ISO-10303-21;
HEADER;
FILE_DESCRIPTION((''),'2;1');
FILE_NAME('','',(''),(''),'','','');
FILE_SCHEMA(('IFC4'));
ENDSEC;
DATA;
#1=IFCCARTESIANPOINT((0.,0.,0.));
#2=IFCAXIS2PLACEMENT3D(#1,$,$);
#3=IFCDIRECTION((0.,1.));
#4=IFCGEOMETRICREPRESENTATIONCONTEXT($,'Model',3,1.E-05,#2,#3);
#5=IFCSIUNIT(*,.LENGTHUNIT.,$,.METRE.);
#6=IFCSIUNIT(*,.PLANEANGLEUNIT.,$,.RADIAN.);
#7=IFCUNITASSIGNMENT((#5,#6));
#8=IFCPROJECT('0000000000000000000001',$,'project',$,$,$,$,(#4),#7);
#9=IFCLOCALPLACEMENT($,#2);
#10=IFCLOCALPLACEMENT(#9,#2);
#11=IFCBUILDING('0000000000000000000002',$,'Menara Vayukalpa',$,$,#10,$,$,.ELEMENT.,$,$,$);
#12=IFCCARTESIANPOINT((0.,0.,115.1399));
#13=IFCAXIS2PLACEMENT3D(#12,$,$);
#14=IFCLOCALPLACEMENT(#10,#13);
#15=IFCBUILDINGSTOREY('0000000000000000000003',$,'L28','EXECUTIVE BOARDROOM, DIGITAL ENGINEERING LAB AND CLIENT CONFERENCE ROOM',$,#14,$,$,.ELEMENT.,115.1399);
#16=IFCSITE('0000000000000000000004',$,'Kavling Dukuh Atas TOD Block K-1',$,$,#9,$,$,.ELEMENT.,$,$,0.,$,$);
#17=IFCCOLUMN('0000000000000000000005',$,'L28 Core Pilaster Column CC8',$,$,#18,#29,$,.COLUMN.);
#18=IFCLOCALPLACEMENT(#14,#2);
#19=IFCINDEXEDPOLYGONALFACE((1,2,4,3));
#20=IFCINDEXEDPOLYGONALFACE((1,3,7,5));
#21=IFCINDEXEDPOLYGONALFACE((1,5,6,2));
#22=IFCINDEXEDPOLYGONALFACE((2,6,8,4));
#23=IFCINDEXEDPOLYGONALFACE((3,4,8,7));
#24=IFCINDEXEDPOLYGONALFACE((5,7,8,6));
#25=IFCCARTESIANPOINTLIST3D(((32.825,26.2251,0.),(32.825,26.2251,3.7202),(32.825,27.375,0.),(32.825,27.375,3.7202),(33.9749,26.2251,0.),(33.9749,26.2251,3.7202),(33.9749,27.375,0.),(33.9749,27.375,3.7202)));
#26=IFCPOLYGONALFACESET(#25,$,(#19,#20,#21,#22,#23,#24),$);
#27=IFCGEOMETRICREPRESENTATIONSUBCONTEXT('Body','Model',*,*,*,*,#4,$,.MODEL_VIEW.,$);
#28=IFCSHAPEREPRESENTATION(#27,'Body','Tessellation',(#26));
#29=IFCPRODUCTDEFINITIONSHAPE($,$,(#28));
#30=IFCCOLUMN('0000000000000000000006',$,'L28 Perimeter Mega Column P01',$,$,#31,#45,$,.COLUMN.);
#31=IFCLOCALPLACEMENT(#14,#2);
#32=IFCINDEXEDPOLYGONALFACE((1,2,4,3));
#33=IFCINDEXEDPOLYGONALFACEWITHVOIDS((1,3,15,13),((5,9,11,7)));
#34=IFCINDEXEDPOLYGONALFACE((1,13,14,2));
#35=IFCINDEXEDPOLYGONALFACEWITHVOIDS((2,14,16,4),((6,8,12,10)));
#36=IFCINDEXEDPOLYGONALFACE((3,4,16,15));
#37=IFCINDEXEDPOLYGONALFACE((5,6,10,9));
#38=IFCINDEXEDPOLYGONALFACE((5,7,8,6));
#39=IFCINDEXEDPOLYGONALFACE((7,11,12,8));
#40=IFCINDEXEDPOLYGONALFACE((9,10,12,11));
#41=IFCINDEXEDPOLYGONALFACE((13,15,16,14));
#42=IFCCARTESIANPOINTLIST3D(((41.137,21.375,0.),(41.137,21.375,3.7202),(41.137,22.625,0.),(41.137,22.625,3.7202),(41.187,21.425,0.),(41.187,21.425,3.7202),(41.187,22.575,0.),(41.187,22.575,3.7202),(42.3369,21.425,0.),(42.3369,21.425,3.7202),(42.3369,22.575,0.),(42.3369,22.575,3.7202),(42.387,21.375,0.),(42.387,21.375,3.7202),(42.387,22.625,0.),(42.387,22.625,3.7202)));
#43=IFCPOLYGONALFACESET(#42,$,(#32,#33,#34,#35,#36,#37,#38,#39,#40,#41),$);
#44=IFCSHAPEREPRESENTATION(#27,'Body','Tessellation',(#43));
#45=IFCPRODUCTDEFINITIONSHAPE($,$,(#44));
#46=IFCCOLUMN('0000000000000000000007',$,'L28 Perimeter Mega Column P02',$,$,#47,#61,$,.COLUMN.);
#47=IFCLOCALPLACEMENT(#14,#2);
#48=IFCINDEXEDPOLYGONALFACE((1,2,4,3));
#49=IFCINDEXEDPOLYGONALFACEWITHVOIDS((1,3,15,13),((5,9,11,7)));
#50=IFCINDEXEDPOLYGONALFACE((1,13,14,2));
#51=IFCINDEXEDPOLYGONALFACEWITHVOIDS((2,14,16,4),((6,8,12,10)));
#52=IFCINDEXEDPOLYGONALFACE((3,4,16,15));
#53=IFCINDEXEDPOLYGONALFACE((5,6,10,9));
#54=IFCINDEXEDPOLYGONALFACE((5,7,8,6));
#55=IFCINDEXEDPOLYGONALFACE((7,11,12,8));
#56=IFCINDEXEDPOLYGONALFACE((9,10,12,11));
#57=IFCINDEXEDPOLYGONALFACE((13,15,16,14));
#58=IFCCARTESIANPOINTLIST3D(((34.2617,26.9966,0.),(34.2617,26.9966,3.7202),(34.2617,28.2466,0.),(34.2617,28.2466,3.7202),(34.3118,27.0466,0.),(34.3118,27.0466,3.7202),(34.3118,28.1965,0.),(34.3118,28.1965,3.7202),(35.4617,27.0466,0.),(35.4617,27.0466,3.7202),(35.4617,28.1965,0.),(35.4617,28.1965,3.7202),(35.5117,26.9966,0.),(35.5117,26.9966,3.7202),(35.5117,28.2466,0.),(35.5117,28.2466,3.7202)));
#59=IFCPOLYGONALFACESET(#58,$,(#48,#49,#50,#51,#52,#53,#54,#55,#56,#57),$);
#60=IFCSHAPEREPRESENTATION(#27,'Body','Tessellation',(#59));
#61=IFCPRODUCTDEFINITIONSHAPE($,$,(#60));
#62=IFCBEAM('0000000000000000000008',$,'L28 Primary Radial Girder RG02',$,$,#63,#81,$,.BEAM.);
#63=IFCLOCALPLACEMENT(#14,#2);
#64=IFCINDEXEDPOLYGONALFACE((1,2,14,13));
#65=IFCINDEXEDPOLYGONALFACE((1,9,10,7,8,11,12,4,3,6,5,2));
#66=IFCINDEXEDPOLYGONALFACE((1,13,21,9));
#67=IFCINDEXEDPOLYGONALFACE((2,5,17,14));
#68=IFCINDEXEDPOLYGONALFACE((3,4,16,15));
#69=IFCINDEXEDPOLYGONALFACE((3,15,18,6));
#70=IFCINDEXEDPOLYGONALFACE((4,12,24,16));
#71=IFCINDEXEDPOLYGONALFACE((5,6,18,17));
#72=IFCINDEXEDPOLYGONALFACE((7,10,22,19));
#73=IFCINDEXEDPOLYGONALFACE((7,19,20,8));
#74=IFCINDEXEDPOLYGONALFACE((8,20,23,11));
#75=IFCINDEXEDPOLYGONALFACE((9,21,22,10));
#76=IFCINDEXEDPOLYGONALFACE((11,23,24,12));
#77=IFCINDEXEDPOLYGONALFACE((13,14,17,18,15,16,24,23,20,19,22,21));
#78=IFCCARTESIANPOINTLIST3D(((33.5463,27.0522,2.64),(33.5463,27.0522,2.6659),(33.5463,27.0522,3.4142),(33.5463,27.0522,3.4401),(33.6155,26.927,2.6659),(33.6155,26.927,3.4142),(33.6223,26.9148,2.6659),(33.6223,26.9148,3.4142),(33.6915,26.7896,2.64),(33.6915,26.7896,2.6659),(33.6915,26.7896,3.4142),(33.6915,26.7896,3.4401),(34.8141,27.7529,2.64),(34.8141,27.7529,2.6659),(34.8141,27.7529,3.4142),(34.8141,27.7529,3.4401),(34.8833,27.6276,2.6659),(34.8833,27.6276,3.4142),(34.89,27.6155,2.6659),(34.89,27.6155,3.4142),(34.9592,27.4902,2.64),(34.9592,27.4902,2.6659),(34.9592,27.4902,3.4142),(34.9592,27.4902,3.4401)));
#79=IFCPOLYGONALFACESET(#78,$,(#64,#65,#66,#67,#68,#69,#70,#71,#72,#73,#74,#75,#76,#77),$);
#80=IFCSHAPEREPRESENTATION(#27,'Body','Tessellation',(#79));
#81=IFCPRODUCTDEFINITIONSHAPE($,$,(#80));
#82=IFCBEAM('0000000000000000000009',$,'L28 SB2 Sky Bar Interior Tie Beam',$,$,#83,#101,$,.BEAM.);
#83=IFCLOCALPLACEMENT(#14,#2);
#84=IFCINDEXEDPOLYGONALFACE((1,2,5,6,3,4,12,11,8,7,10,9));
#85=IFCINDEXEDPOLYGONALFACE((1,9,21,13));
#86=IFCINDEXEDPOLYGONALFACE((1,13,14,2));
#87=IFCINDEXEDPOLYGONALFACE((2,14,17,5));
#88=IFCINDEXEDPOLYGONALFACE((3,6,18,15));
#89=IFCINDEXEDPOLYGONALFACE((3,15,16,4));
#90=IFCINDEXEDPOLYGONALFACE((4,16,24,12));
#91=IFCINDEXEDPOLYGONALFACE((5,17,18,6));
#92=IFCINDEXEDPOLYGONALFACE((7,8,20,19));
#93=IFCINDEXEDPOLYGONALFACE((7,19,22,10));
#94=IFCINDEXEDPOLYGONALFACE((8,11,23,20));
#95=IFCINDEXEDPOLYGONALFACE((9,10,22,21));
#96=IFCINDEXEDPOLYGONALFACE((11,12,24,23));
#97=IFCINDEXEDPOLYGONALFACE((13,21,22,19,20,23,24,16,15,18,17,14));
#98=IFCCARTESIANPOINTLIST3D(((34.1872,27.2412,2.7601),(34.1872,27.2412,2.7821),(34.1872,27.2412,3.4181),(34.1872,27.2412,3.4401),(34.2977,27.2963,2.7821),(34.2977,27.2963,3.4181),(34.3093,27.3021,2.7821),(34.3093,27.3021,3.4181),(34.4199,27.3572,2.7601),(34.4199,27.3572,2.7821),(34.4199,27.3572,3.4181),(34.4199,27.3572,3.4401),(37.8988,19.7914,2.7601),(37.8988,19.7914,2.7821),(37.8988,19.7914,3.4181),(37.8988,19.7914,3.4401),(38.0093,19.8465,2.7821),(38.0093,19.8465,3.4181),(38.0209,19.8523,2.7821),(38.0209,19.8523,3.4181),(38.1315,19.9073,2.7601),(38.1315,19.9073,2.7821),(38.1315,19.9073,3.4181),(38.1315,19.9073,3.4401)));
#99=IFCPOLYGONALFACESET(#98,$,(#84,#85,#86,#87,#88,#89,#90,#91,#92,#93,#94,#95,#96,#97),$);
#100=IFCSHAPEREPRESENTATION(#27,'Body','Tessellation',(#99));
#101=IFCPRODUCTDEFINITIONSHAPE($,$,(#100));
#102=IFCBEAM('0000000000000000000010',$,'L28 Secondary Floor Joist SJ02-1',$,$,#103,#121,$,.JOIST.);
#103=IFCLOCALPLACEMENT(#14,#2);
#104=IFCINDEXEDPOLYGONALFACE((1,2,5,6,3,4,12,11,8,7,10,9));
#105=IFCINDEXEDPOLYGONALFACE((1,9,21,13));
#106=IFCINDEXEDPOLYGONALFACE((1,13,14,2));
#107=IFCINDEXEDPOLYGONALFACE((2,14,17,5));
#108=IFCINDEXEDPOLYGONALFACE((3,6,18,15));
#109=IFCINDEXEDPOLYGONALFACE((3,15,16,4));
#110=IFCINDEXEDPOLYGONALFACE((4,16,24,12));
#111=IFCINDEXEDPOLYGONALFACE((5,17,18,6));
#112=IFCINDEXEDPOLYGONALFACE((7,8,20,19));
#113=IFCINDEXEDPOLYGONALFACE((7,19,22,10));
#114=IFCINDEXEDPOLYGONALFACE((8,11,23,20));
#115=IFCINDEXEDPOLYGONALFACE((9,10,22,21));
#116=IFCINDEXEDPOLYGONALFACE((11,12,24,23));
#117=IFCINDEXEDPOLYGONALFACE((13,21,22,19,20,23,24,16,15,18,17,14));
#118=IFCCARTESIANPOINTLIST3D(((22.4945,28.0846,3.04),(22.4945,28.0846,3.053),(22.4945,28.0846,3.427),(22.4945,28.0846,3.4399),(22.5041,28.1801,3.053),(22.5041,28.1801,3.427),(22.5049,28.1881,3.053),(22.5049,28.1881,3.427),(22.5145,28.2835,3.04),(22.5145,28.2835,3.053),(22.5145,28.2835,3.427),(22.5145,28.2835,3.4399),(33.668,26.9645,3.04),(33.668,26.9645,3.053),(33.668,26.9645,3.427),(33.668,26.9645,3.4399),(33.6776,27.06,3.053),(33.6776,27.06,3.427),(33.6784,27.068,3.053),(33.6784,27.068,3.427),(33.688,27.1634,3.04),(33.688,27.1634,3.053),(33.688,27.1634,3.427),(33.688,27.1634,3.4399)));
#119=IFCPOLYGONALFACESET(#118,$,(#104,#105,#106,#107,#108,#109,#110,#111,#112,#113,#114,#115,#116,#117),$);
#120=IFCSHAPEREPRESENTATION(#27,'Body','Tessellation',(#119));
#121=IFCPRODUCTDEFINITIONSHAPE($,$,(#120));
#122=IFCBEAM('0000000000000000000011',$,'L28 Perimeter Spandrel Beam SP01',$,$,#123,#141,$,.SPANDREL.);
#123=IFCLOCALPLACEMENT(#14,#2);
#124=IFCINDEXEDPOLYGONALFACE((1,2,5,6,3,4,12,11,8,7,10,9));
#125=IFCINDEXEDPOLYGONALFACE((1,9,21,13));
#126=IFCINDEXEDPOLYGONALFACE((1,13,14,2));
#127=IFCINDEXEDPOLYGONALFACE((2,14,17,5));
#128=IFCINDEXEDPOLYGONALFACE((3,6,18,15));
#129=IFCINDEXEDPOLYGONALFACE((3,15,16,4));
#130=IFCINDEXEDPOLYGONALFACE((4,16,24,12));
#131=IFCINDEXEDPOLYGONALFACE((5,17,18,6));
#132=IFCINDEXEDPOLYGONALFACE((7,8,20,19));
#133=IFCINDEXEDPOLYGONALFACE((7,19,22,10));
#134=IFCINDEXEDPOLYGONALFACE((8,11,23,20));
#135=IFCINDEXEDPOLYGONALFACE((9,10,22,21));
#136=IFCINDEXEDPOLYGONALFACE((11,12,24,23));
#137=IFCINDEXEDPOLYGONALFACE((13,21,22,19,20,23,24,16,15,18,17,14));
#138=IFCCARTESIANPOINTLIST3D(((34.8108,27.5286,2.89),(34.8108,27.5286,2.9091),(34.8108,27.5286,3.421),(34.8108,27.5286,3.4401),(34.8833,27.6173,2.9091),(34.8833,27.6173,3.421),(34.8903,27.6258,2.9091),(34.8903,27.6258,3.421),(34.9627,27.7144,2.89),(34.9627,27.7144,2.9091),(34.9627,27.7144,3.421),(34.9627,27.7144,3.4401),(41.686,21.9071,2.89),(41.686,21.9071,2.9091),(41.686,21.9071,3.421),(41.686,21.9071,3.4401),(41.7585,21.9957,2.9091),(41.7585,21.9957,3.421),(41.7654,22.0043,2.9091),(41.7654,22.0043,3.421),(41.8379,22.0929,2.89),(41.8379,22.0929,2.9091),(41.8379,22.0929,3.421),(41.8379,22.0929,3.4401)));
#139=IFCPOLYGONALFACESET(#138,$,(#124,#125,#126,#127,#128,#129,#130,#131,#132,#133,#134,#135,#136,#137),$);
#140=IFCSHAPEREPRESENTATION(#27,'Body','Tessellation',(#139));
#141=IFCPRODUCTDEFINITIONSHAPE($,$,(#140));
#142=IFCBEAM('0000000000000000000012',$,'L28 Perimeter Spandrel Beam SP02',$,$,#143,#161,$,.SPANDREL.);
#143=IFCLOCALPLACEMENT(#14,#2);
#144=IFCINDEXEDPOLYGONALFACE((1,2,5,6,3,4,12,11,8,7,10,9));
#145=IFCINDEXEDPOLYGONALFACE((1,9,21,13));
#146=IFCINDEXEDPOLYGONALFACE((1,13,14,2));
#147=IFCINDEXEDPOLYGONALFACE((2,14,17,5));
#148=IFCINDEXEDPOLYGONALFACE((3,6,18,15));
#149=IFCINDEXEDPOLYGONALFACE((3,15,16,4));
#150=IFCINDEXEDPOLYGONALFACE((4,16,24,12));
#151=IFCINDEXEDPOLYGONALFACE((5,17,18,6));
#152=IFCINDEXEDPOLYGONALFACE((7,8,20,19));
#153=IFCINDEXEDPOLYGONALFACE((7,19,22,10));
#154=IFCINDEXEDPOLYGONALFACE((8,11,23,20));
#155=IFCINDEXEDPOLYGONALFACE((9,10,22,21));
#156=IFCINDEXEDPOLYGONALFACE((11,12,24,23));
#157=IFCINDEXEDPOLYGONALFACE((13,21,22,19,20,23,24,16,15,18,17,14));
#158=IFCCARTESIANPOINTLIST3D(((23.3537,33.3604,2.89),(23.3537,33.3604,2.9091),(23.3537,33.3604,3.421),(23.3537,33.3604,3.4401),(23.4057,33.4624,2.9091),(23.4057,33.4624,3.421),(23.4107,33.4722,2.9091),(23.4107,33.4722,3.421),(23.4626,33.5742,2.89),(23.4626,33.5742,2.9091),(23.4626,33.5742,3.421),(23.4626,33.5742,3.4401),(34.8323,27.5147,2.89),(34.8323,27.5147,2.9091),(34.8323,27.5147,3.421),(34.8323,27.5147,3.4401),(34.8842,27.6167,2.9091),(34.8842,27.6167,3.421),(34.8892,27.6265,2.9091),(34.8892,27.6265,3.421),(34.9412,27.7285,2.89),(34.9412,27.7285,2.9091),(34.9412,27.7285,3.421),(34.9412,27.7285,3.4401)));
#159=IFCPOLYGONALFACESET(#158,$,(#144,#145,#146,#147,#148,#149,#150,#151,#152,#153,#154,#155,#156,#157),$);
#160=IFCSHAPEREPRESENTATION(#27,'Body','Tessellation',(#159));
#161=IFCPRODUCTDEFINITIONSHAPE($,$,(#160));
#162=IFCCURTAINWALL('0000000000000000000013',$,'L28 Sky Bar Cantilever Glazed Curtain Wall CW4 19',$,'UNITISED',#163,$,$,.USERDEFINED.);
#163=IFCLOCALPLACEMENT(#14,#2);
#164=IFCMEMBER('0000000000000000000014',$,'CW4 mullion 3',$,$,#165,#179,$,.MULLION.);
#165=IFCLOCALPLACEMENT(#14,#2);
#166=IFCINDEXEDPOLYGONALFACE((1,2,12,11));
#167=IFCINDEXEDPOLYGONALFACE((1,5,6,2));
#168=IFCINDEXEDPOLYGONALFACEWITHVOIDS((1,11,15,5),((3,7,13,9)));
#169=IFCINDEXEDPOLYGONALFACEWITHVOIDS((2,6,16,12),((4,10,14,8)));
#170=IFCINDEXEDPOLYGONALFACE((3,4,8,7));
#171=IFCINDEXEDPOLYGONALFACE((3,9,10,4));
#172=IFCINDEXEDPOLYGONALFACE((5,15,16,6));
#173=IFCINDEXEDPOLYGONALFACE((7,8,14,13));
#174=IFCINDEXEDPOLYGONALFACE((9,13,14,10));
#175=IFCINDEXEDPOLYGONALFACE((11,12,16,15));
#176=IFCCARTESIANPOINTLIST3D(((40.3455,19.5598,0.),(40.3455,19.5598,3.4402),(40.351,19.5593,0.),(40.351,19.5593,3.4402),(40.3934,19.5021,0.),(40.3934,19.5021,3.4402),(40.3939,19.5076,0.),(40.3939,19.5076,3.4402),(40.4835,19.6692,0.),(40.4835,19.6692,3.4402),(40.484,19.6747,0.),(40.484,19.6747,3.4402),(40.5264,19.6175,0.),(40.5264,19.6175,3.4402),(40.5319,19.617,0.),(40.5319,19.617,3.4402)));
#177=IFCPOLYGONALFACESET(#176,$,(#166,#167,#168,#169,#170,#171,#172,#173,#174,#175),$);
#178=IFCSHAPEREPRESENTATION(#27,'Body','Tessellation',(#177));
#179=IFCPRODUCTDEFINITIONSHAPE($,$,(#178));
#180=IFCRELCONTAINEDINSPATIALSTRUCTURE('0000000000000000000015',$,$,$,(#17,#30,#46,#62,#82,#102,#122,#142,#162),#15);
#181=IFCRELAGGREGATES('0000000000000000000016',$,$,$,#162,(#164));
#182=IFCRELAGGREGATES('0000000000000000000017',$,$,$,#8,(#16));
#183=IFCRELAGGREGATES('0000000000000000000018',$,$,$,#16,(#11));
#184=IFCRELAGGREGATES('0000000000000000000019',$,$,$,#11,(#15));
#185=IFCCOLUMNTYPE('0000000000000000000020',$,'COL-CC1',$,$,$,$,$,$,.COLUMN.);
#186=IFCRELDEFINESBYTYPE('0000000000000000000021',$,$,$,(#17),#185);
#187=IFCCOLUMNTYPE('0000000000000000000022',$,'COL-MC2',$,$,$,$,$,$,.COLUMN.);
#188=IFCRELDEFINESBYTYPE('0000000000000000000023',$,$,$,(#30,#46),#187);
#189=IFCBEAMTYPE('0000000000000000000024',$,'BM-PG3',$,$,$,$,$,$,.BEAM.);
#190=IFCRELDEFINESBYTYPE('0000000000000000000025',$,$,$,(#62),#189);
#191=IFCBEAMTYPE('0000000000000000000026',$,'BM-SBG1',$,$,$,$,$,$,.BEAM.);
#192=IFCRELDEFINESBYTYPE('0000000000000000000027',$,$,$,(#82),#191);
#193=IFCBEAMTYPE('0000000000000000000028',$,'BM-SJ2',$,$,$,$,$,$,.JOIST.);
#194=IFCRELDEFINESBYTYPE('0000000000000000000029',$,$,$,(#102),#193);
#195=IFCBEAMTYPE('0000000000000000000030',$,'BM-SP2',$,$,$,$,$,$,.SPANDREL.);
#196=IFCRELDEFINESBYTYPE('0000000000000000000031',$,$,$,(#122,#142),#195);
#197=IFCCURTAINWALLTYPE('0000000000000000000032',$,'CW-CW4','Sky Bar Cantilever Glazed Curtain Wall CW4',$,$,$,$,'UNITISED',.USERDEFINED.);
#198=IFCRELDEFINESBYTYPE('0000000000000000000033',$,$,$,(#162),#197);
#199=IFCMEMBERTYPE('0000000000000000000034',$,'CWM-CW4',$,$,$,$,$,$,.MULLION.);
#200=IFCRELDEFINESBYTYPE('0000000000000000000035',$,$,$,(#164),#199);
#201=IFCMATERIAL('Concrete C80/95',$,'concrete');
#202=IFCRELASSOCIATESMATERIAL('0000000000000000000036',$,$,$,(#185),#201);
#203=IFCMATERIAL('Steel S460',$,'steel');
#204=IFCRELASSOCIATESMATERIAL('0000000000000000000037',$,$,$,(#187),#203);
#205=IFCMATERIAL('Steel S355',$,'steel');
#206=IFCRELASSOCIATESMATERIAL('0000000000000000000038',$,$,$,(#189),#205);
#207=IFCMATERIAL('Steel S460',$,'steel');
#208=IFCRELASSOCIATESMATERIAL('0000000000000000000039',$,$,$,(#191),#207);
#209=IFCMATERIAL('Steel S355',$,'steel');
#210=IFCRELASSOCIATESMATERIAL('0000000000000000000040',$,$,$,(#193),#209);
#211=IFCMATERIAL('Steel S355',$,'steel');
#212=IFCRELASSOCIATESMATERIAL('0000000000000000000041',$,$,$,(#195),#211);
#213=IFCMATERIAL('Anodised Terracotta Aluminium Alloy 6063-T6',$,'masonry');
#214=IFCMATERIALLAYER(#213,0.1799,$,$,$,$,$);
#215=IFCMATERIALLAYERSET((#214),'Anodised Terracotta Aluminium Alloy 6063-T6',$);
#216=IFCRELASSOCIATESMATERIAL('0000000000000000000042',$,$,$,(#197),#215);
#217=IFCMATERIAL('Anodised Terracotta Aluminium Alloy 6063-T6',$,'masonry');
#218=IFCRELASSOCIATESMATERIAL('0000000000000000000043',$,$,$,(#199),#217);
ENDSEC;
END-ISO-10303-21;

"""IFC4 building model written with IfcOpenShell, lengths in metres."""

from ifc_helpers import new_model, si_unit, direction, frame, origin, origin_2d, place, context, subcontext, project, spatial, rectangle, hollow_rectangle, i_section, extrude, material, layer, layer_set, material_profile, profile_set, type_object, element, aggregate, save


model = new_model("IFC4")

# Units and contexts
model_context = context("Model", 3, precision=1e-05, world=origin(), true_north=direction((0.0, 1.0)))
body_context = subcontext(model_context, "Body", "Model", "MODEL_VIEW")
ifc_project = project(units=[si_unit("LENGTHUNIT", "METRE"), si_unit("PLANEANGLEUNIT", "RADIAN")], contexts=[model_context])

# Site, building, storey
site_placement = place(None, origin())
site = spatial("IfcSite", under=ifc_project, at=site_placement, Name="Kavling Dukuh Atas TOD Block K-1", CompositionType="ELEMENT", RefElevation=0.0)
building_placement = place(site_placement, origin())
building = spatial("IfcBuilding", under=site, at=building_placement, Name="Menara Vayukalpa", CompositionType="ELEMENT")
storey_placement = place(building_placement, frame((0.0, 0.0, 115.1399)))
storey = spatial("IfcBuildingStorey", under=building, at=storey_placement, Name="L28", Description="EXECUTIVE BOARDROOM, DIGITAL ENGINEERING LAB AND CLIENT CONFERENCE ROOM", CompositionType="ELEMENT", Elevation=115.1399)

# Columns
ifc_material_1 = material(Name="Concrete C80/95", Category="concrete")
ifc_material_profile_1 = material_profile(ifc_material_1, rectangle(XDim=1.1499, YDim=1.1499, at=origin_2d()), Name="RC 1150x1150")
ifc_profile_set_1 = profile_set([ifc_material_profile_1], Name="Concrete C80/95")
column_type_1 = type_object("IfcColumnType", Name="COL-CC1", PredefinedType="COLUMN", material=ifc_profile_set_1)
column_placement = place(storey_placement, frame((33.3999, 26.8, 0.0), z_axis=(0.0, 0.0, 1.0), x_axis=(1.0, 0.0, 0.0)))
element("IfcColumn", 1, at=column_placement, inside=storey, type_object=column_type_1, Name="L28 Core Pilaster Column CC8", PredefinedType="COLUMN", context=body_context, shape_type="SweptSolid", body=[
    extrude(rectangle(XDim=1.1499, YDim=1.1499, at=origin_2d()), origin(), (0.0, 0.0, 1.0), 3.7202),
])
ifc_material_2 = material(Name="Steel S460", Category="steel")
ifc_material_profile_2 = material_profile(ifc_material_2, hollow_rectangle(XDim=1.25, YDim=1.25, WallThickness=0.05, at=origin_2d()), Name="BOX 1250x1250x50")
ifc_profile_set_2 = profile_set([ifc_material_profile_2], Name="Steel S460")
column_type_2 = type_object("IfcColumnType", Name="COL-MC2", PredefinedType="COLUMN", material=ifc_profile_set_2)
for number, where, z_axis, x_axis, name in (
    (2, (41.762, 22.0, 0.0), (0.0, 0.0, 1.0), (1.0, 0.0, 0.0), "L28 Perimeter Mega Column P01"),
    (3, (34.8867, 27.6216, 0.0), (0.0, 0.0, 1.0), (1.0, 0.0, 0.0), "L28 Perimeter Mega Column P02"),
):
    element("IfcColumn", number, at=place(storey_placement, frame(where, z_axis=z_axis, x_axis=x_axis)), inside=storey, type_object=column_type_2, Name=name, PredefinedType="COLUMN", context=body_context, shape_type="SweptSolid", body=[
        extrude(hollow_rectangle(XDim=1.25, YDim=1.25, WallThickness=0.05, at=origin_2d()), origin(), (0.0, 0.0, 1.0), 3.7202),
    ])

# Beams
ifc_material_3 = material(Name="Steel S355", Category="steel")
ifc_material_profile_3 = material_profile(ifc_material_3, i_section(OverallWidth=0.3, OverallDepth=0.8, WebThickness=0.0139, FlangeThickness=0.0259, at=origin_2d()), Name="WF 800x300x14x26")
ifc_profile_set_3 = profile_set([ifc_material_profile_3], Name="Steel S355")
beam_type_1 = type_object("IfcBeamType", Name="BM-PG3", PredefinedType="BEAM", material=ifc_profile_set_3)
beam_1_placement = place(storey_placement, frame((33.6189, 26.9209, 3.04), z_axis=(0.875228, 0.48371, 0.0), x_axis=(-0.48371, 0.875228, 0.0)))
element("IfcBeam", 4, at=beam_1_placement, inside=storey, type_object=beam_type_1, Name="L28 Primary Radial Girder RG02", PredefinedType="BEAM", context=body_context, shape_type="SweptSolid", body=[
    extrude(i_section(OverallWidth=0.3, OverallDepth=0.8, WebThickness=0.0139, FlangeThickness=0.0259, at=origin_2d()), origin(), (0.0, 0.0, 1.0), 1.4485),
])
ifc_material_4 = material(Name="Steel S460", Category="steel")
ifc_material_profile_4 = material_profile(ifc_material_4, i_section(OverallWidth=0.26, OverallDepth=0.6799, WebThickness=0.0129, FlangeThickness=0.022, at=origin_2d()), Name="WF 680x260x13x22")
ifc_profile_set_4 = profile_set([ifc_material_profile_4], Name="Steel S460")
beam_type_2 = type_object("IfcBeamType", Name="BM-SBG1", PredefinedType="BEAM", material=ifc_profile_set_4)
beam_2_placement = place(storey_placement, frame((38.0151, 19.8494, 3.1001), z_axis=(-0.445934, 0.895066, 0.0), x_axis=(-0.895066, -0.445934, 0.0)))
element("IfcBeam", 5, at=beam_2_placement, inside=storey, type_object=beam_type_2, Name="L28 SB2 Sky Bar Interior Tie Beam", PredefinedType="BEAM", context=body_context, shape_type="SweptSolid", body=[
    extrude(i_section(OverallWidth=0.26, OverallDepth=0.6799, WebThickness=0.0129, FlangeThickness=0.022, at=origin_2d()), origin(), (0.0, 0.0, 1.0), 8.3232),
])
ifc_material_5 = material(Name="Steel S355", Category="steel")
ifc_material_profile_5 = material_profile(ifc_material_5, i_section(OverallWidth=0.2, OverallDepth=0.3999, WebThickness=0.0081, FlangeThickness=0.0129, at=origin_2d()), Name="WF 400x200x8x13")
ifc_profile_set_5 = profile_set([ifc_material_profile_5], Name="Steel S355")
beam_type_3 = type_object("IfcBeamType", Name="BM-SJ2", PredefinedType="JOIST", material=ifc_profile_set_5)
beam_3_placement = place(storey_placement, frame((33.678, 27.064, 3.24), z_axis=(-0.995013, 0.099747, 0.0), x_axis=(-0.099747, -0.995013, 0.0)))
element("IfcBeam", 6, at=beam_3_placement, inside=storey, type_object=beam_type_3, Name="L28 Secondary Floor Joist SJ02-1", PredefinedType="JOIST", context=body_context, shape_type="SweptSolid", body=[
    extrude(i_section(OverallWidth=0.2, OverallDepth=0.3999, WebThickness=0.0081, FlangeThickness=0.0129, at=origin_2d()), origin(), (0.0, 0.0, 1.0), 11.2295),
])
ifc_material_6 = material(Name="Steel S355", Category="steel")
ifc_material_profile_6 = material_profile(ifc_material_6, i_section(OverallWidth=0.24, OverallDepth=0.55, WebThickness=0.011, FlangeThickness=0.019, at=origin_2d()), Name="WF 550x240x11x19")
ifc_profile_set_6 = profile_set([ifc_material_profile_6], Name="Steel S355")
beam_type_4 = type_object("IfcBeamType", Name="BM-SP2", PredefinedType="SPANDREL", material=ifc_profile_set_6)
beam_4_placement = place(storey_placement, frame((41.762, 22.0, 3.165), z_axis=(-0.774157, 0.632994, 0.0), x_axis=(-0.632994, -0.774157, 0.0)))
element("IfcBeam", 7, at=beam_4_placement, inside=storey, type_object=beam_type_4, Name="L28 Perimeter Spandrel Beam SP01", PredefinedType="SPANDREL", context=body_context, shape_type="SweptSolid", body=[
    extrude(i_section(OverallWidth=0.24, OverallDepth=0.55, WebThickness=0.011, FlangeThickness=0.019, at=origin_2d()), origin(), (0.0, 0.0, 1.0), 8.8809),
])
beam_5_placement = place(storey_placement, frame((34.8867, 27.6216, 3.165), z_axis=(-0.891097, 0.453812, 0.0), x_axis=(-0.453812, -0.891097, 0.0)))
element("IfcBeam", 8, at=beam_5_placement, inside=storey, type_object=beam_type_4, Name="L28 Perimeter Spandrel Beam SP02", PredefinedType="SPANDREL", context=body_context, shape_type="SweptSolid", body=[
    extrude(i_section(OverallWidth=0.24, OverallDepth=0.55, WebThickness=0.011, FlangeThickness=0.019, at=origin_2d()), origin(), (0.0, 0.0, 1.0), 12.8813),
])

# Curtain wall, member
ifc_material_7 = material(Name="Anodised Terracotta Aluminium Alloy 6063-T6", Category="masonry")
ifc_layer_1 = layer(ifc_material_7, 0.1799)
ifc_layer_set_1 = layer_set([ifc_layer_1], Name="Anodised Terracotta Aluminium Alloy 6063-T6")
curtain_wall_type = type_object("IfcCurtainWallType", Name="CW-CW4", Description="Sky Bar Cantilever Glazed Curtain Wall CW4", ElementType="UNITISED", PredefinedType="USERDEFINED", material=ifc_layer_set_1)
curtain_wall_placement = place(storey_placement, origin())
curtain_wall = element("IfcCurtainWall", 9, at=curtain_wall_placement, inside=storey, type_object=curtain_wall_type, Name="L28 Sky Bar Cantilever Glazed Curtain Wall CW4 19", ObjectType="UNITISED", PredefinedType="USERDEFINED")
ifc_material_8 = material(Name="Anodised Terracotta Aluminium Alloy 6063-T6", Category="masonry")
ifc_material_profile_7 = material_profile(ifc_material_8, hollow_rectangle(XDim=0.075, YDim=0.1799, WallThickness=0.0039, at=origin_2d()), Name="ALU 75x180x4")
ifc_profile_set_7 = profile_set([ifc_material_profile_7], Name="Anodised Terracotta Aluminium Alloy 6063-T6")
member_type = type_object("IfcMemberType", Name="CWM-CW4", PredefinedType="MULLION", material=ifc_profile_set_7)
member_placement = place(storey_placement, frame((40.4387, 19.5884, 0.0), z_axis=(0.0, 0.0, 1.0), x_axis=(-0.638346, 0.76975, 0.0)))
member = element("IfcMember", 10, at=member_placement, type_object=member_type, Name="CW4 mullion 3", PredefinedType="MULLION", context=body_context, shape_type="SweptSolid", body=[
    extrude(hollow_rectangle(XDim=0.075, YDim=0.1799, WallThickness=0.0039, at=origin_2d()), origin(), (0.0, 0.0, 1.0), 3.4402),
])
aggregate(curtain_wall, [member])

save(model, "model.ifc")
